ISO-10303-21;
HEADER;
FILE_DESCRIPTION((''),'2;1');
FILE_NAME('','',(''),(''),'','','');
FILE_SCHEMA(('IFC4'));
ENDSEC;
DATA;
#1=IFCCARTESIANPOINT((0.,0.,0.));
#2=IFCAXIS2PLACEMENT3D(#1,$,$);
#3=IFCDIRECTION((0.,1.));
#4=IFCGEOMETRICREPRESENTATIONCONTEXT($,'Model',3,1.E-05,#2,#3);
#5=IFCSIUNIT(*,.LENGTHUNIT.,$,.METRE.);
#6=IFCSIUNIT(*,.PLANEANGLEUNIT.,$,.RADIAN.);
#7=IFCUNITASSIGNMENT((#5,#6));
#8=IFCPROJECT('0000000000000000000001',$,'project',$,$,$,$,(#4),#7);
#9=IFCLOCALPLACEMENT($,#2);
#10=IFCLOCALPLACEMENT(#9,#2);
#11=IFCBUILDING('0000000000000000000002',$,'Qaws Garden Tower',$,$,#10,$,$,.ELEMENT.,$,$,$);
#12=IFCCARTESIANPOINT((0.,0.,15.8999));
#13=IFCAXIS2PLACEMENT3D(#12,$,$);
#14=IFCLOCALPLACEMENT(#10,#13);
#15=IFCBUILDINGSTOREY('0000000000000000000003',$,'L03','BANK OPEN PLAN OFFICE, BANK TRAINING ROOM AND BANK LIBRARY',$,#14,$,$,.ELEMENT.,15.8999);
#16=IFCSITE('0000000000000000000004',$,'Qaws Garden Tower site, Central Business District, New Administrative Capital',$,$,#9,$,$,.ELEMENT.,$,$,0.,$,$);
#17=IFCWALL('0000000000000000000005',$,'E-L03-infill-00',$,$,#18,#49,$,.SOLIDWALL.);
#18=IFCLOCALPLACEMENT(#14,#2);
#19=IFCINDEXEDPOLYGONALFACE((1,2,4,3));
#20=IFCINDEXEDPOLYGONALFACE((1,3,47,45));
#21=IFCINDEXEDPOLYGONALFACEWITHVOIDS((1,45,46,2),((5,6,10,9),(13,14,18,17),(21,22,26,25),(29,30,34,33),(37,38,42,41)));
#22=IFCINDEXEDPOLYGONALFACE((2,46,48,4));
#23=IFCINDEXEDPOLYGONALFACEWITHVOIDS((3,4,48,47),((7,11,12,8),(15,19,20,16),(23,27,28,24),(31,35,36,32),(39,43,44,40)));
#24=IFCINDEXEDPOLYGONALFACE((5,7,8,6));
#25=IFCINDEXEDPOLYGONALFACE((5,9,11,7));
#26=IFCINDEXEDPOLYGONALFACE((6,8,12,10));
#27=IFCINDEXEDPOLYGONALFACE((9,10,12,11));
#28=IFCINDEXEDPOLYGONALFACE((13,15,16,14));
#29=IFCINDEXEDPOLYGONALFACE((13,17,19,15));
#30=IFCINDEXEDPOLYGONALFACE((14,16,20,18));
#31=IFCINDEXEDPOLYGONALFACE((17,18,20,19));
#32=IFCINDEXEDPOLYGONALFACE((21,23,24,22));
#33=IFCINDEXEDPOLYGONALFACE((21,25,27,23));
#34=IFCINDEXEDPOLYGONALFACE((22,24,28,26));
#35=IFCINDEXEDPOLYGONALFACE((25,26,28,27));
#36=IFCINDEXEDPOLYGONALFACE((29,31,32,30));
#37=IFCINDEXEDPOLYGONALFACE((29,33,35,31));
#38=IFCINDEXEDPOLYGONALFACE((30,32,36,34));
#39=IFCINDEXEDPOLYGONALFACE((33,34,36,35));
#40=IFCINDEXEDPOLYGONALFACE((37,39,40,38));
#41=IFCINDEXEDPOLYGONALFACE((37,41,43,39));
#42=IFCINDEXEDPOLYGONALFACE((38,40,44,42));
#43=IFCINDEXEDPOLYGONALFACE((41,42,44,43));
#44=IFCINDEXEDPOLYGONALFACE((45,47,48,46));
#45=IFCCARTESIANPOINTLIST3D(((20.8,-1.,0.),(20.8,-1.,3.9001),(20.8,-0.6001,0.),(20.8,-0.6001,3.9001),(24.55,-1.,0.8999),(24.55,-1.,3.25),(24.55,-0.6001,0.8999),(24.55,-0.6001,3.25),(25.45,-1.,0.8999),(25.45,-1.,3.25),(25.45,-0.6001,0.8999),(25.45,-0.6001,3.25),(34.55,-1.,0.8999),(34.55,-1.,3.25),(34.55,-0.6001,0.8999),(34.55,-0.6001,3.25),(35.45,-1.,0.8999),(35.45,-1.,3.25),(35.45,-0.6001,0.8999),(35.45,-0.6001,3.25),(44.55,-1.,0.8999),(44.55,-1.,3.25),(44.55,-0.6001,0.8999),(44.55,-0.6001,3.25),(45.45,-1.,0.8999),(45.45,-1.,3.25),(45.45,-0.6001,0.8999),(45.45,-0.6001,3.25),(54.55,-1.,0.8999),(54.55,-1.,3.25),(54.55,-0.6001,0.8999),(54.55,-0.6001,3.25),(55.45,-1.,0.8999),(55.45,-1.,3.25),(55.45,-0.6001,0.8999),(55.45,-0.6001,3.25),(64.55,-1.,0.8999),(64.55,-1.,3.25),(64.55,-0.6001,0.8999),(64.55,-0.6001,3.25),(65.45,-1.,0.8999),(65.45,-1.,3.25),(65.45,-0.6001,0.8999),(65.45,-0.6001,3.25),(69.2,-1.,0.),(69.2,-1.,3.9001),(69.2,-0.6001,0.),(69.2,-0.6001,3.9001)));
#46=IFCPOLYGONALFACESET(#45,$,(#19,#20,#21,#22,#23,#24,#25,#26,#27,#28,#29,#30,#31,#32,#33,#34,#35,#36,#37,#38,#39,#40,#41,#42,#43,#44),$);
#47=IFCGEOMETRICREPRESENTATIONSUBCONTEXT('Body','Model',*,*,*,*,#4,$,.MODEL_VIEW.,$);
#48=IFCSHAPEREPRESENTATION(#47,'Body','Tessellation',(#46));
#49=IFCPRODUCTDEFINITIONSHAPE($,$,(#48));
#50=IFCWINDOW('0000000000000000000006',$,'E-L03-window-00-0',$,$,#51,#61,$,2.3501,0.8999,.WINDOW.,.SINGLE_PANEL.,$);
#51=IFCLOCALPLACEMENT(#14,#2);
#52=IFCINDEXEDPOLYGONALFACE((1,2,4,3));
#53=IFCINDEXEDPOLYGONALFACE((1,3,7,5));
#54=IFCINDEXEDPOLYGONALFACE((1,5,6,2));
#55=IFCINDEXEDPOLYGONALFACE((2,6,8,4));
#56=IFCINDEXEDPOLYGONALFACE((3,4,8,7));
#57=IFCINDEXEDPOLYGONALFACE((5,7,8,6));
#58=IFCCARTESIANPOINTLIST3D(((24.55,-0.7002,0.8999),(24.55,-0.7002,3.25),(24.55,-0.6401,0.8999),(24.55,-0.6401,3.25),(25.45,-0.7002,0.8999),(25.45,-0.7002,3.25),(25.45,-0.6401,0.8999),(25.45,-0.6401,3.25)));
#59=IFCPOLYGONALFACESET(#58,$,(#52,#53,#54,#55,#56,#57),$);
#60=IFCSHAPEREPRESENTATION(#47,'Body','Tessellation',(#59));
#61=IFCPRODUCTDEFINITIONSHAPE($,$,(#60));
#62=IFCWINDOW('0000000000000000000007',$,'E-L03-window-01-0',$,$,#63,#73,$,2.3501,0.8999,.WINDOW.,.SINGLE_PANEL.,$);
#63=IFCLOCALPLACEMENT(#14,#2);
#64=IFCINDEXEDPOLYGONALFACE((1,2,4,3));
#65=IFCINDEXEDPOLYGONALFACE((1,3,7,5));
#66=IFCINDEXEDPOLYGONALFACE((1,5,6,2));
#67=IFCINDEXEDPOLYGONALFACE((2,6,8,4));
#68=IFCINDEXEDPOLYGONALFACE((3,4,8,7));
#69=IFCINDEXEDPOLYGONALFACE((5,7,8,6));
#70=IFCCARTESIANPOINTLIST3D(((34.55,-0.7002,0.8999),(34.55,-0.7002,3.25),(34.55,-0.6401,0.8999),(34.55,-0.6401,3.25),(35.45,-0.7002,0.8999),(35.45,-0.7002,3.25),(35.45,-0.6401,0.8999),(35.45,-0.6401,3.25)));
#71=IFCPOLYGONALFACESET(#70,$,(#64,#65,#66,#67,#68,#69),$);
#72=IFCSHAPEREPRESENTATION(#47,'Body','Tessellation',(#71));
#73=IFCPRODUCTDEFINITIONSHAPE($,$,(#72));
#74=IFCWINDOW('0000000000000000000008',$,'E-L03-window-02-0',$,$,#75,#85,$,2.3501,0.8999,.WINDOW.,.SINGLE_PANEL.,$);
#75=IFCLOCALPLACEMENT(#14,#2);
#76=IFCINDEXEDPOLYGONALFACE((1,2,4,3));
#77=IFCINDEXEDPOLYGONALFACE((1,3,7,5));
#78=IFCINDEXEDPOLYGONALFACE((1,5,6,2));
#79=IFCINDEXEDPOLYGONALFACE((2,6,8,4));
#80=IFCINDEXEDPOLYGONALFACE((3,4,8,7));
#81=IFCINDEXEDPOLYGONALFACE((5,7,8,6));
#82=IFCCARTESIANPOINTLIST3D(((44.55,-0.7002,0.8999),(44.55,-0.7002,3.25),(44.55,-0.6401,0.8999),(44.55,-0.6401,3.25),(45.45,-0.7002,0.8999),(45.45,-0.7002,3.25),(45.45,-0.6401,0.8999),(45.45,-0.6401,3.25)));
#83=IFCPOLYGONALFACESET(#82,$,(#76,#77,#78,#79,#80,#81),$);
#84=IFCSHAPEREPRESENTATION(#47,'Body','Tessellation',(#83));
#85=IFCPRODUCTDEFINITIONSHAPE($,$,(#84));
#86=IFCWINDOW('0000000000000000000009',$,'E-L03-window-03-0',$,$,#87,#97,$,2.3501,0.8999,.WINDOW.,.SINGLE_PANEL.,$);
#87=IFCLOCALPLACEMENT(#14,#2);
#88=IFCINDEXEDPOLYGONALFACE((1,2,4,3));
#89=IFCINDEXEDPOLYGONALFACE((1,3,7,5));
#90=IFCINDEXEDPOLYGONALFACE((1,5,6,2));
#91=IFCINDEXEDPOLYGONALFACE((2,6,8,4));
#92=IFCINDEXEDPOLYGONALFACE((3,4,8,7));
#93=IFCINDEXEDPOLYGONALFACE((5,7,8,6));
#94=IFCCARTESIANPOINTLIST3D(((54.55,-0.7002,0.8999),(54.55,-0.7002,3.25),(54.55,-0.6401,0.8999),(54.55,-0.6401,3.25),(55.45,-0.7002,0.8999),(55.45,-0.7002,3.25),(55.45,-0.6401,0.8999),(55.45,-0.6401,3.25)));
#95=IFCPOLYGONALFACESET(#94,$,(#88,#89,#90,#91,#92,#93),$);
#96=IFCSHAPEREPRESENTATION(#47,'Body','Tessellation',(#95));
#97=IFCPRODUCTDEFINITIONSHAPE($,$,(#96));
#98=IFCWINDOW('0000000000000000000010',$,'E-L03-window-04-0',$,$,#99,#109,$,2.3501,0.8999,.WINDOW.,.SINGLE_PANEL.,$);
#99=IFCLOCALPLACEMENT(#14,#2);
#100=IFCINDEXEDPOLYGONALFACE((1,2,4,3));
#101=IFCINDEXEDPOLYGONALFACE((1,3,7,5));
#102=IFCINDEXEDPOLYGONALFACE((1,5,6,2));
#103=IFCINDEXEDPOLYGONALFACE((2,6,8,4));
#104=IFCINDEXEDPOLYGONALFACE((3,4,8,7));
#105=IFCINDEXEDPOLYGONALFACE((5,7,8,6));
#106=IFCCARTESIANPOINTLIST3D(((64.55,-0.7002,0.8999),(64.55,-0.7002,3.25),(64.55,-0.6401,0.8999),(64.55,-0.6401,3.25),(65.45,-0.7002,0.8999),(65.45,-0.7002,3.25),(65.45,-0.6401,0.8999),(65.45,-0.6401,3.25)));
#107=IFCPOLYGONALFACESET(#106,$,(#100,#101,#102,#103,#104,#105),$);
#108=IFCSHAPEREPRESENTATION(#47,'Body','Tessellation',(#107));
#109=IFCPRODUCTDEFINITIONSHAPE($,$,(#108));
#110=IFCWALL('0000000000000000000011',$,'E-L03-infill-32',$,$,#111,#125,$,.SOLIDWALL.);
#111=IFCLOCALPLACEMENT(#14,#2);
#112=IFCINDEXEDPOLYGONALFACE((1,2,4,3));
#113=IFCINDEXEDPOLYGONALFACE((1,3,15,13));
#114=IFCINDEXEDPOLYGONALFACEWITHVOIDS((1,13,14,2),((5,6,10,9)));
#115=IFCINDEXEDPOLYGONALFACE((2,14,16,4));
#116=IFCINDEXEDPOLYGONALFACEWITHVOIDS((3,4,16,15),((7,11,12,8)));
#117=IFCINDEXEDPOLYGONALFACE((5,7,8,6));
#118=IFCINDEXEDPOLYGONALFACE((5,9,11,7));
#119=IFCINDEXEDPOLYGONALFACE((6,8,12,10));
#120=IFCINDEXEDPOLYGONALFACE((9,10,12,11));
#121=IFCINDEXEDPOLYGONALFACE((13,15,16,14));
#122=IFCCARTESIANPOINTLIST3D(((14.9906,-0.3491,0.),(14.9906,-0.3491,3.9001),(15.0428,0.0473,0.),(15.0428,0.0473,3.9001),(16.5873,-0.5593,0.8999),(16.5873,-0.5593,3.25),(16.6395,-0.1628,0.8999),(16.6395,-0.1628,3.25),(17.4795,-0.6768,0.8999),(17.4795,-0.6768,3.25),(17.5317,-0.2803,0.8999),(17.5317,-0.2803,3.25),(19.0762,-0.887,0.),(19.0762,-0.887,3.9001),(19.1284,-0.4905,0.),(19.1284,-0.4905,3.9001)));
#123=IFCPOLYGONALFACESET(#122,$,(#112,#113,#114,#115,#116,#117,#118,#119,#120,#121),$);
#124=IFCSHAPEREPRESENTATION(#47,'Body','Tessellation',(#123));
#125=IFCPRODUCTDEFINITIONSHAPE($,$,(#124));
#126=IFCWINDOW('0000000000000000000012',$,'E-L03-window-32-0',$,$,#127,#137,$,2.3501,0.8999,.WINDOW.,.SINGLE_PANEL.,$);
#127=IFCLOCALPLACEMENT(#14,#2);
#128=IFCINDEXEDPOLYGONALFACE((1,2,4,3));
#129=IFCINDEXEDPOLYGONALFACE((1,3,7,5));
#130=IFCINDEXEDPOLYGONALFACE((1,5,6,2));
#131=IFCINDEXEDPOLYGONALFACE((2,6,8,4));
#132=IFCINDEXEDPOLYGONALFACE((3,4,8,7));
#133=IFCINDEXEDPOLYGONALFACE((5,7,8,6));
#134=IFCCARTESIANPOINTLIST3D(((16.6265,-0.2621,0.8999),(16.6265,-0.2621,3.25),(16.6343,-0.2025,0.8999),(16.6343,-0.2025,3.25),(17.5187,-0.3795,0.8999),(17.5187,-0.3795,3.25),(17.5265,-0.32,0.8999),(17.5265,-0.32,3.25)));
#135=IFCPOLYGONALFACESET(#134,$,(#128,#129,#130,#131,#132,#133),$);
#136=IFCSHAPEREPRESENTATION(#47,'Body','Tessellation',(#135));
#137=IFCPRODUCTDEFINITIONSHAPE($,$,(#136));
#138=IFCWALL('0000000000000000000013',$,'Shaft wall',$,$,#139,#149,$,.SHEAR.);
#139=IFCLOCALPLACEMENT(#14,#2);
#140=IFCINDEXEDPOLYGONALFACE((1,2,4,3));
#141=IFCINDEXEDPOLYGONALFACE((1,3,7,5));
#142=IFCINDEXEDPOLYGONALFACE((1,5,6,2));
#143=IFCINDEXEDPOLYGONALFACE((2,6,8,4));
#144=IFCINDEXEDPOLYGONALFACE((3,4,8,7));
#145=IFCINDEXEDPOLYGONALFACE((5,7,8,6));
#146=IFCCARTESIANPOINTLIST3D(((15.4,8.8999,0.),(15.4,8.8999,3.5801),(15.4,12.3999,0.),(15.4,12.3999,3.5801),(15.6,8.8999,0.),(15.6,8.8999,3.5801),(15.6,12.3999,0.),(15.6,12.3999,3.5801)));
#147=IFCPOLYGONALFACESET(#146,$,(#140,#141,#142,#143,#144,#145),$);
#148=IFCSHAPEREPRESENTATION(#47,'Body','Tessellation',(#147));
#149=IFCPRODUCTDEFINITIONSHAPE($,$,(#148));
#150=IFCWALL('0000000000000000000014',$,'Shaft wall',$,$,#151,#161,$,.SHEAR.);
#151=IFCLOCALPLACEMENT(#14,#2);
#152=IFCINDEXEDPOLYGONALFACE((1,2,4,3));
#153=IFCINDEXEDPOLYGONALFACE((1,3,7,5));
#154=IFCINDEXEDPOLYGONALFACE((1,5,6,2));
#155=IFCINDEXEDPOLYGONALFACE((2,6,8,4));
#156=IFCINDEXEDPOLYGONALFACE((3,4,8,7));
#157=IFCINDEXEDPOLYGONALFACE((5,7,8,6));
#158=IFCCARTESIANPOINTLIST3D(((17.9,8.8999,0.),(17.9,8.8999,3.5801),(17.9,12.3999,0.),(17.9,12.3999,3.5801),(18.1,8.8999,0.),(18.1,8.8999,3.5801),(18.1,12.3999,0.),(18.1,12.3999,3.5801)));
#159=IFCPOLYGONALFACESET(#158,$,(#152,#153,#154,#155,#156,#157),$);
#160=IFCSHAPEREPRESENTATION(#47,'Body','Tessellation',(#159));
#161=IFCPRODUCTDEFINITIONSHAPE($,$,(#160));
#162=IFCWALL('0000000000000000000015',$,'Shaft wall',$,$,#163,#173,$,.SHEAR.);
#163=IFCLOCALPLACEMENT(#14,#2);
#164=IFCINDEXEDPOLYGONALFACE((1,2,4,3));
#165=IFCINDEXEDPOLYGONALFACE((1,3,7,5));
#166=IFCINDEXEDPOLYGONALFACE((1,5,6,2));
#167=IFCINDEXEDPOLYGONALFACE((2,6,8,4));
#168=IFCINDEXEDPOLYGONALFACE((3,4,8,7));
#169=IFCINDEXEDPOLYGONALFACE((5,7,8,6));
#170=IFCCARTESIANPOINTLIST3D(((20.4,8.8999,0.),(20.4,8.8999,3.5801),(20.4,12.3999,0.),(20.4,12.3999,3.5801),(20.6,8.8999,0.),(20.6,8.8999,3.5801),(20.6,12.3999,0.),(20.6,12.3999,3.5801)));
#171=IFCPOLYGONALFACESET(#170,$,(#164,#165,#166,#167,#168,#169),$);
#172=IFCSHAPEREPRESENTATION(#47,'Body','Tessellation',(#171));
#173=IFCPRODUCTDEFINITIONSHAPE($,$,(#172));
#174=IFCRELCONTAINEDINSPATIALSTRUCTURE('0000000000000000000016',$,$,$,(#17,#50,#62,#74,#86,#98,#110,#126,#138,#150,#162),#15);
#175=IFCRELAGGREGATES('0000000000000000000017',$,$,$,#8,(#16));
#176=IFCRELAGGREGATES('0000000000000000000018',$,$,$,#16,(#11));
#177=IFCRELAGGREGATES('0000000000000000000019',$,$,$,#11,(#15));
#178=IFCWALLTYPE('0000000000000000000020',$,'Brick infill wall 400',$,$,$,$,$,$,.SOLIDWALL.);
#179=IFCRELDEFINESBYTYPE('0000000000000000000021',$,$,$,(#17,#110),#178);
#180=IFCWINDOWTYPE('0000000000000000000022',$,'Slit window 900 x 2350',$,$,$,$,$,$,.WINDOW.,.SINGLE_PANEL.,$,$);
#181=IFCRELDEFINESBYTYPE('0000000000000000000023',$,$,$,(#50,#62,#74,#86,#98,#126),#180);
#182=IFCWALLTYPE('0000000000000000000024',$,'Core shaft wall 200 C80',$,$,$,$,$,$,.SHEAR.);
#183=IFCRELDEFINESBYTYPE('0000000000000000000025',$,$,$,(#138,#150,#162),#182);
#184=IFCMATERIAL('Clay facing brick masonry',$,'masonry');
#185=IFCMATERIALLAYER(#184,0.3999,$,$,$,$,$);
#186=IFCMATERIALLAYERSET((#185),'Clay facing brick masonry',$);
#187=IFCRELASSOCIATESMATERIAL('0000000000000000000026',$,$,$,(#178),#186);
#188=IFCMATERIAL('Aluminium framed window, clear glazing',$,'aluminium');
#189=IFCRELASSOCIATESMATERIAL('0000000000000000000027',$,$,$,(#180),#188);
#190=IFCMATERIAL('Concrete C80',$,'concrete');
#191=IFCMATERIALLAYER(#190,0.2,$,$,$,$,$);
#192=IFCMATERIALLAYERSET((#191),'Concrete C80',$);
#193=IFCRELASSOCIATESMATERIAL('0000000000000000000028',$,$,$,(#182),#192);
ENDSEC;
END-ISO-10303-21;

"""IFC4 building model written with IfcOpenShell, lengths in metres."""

from ifc_helpers import new_model, si_unit, direction, frame, frame_2d, origin, place, context, subcontext, project, spatial, rectangle, extrude, material, layer, layer_set, type_object, element, fill, save


model = new_model("IFC4")

# Units and contexts
model_context = context("Model", 3, precision=1e-05, world=origin(), true_north=direction((0.0, 1.0)))
body_context = subcontext(model_context, "Body", "Model", "MODEL_VIEW")
ifc_project = project(units=[si_unit("LENGTHUNIT", "METRE"), si_unit("PLANEANGLEUNIT", "RADIAN")], contexts=[model_context])

# Site, building, storey
site_placement = place(None, origin())
site = spatial("IfcSite", under=ifc_project, at=site_placement, Name="Qaws Garden Tower site, Central Business District, New Administrative Capital", CompositionType="ELEMENT", RefElevation=0.0)
building_placement = place(site_placement, origin())
building = spatial("IfcBuilding", under=site, at=building_placement, Name="Qaws Garden Tower", CompositionType="ELEMENT")
storey_placement = place(building_placement, frame((0.0, 0.0, 15.8999)))
storey = spatial("IfcBuildingStorey", under=building, at=storey_placement, Name="L03", Description="BANK OPEN PLAN OFFICE, BANK TRAINING ROOM AND BANK LIBRARY", CompositionType="ELEMENT", Elevation=15.8999)

# Wall, openings, windows
ifc_material_1 = material(Name="Clay facing brick masonry", Category="masonry")
ifc_layer_1 = layer(ifc_material_1, 0.3999)
ifc_layer_set_1 = layer_set([ifc_layer_1], Name="Clay facing brick masonry")
wall_type_1 = type_object("IfcWallType", Name="Brick infill wall 400", PredefinedType="SOLIDWALL", material=ifc_layer_set_1)
wall_1_placement = place(storey_placement, frame((20.8, -0.8, 0.0), z_axis=(0.0, 0.0, 1.0), x_axis=(1.0, 0.0, 0.0)))
wall_1 = element("IfcWall", 1, at=wall_1_placement, inside=storey, type_object=wall_type_1, Name="E-L03-infill-00", PredefinedType="SOLIDWALL", context=body_context, shape_type="SweptSolid", body=[
    extrude(rectangle(XDim=48.3999, YDim=0.3999, at=frame_2d((24.2, 0.0))), origin(), (0.0, 0.0, 1.0), 3.9001),
])
opening_1_placement = place(wall_1_placement, frame((3.75, 0.0, 0.8999)))
opening_1 = element("IfcOpeningElement", 2, at=opening_1_placement, cuts=wall_1, PredefinedType="OPENING", context=body_context, shape_type="SweptSolid", body=[
    extrude(rectangle(XDim=0.8999, YDim=2.3501, at=frame_2d((0.45, 1.175))), frame((0.0, 0.21, 0.0), z_axis=(0.0, -1.0, 0.0), x_axis=(1.0, 0.0, 0.0)), (0.0, 0.0, 1.0), 0.4199),
])
opening_2_placement = place(wall_1_placement, frame((13.75, 0.0, 0.8999)))
opening_2 = element("IfcOpeningElement", 3, at=opening_2_placement, cuts=wall_1, PredefinedType="OPENING", context=body_context, shape_type="SweptSolid", body=[
    extrude(rectangle(XDim=0.8999, YDim=2.3501, at=frame_2d((0.45, 1.175))), frame((0.0, 0.21, 0.0), z_axis=(0.0, -1.0, 0.0), x_axis=(1.0, 0.0, 0.0)), (0.0, 0.0, 1.0), 0.4199),
])
opening_3_placement = place(wall_1_placement, frame((23.75, 0.0, 0.8999)))
opening_3 = element("IfcOpeningElement", 4, at=opening_3_placement, cuts=wall_1, PredefinedType="OPENING", context=body_context, shape_type="SweptSolid", body=[
    extrude(rectangle(XDim=0.8999, YDim=2.3501, at=frame_2d((0.45, 1.175))), frame((0.0, 0.21, 0.0), z_axis=(0.0, -1.0, 0.0), x_axis=(1.0, 0.0, 0.0)), (0.0, 0.0, 1.0), 0.4199),
])
opening_4_placement = place(wall_1_placement, frame((33.75, 0.0, 0.8999)))
opening_4 = element("IfcOpeningElement", 5, at=opening_4_placement, cuts=wall_1, PredefinedType="OPENING", context=body_context, shape_type="SweptSolid", body=[
    extrude(rectangle(XDim=0.8999, YDim=2.3501, at=frame_2d((0.45, 1.175))), frame((0.0, 0.21, 0.0), z_axis=(0.0, -1.0, 0.0), x_axis=(1.0, 0.0, 0.0)), (0.0, 0.0, 1.0), 0.4199),
])
opening_5_placement = place(wall_1_placement, frame((43.75, 0.0, 0.8999)))
opening_5 = element("IfcOpeningElement", 6, at=opening_5_placement, cuts=wall_1, PredefinedType="OPENING", context=body_context, shape_type="SweptSolid", body=[
    extrude(rectangle(XDim=0.8999, YDim=2.3501, at=frame_2d((0.45, 1.175))), frame((0.0, 0.21, 0.0), z_axis=(0.0, -1.0, 0.0), x_axis=(1.0, 0.0, 0.0)), (0.0, 0.0, 1.0), 0.4199),
])
ifc_material_2 = material(Name="Aluminium framed window, clear glazing", Category="aluminium")
window_type = type_object("IfcWindowType", Name="Slit window 900 x 2350", PartitioningType="SINGLE_PANEL", PredefinedType="WINDOW", material=ifc_material_2)
window_1_placement = place(opening_1_placement, origin())
window_1 = element("IfcWindow", 7, at=window_1_placement, inside=storey, type_object=window_type, Name="E-L03-window-00-0", OverallHeight=2.3501, OverallWidth=0.8999, PartitioningType="SINGLE_PANEL", PredefinedType="WINDOW", context=body_context, shape_type="SweptSolid", body=[
    extrude(rectangle(XDim=0.8999, YDim=2.3501, at=frame_2d((0.45, 1.175))), frame((0.0, 0.1599, 0.0), z_axis=(0.0, -1.0, 0.0), x_axis=(1.0, 0.0, 0.0)), (0.0, 0.0, 1.0), 0.0601),
])
fill(opening_1, window_1)
window_2_placement = place(opening_2_placement, origin())
window_2 = element("IfcWindow", 8, at=window_2_placement, inside=storey, type_object=window_type, Name="E-L03-window-01-0", OverallHeight=2.3501, OverallWidth=0.8999, PartitioningType="SINGLE_PANEL", PredefinedType="WINDOW", context=body_context, shape_type="SweptSolid", body=[
    extrude(rectangle(XDim=0.8999, YDim=2.3501, at=frame_2d((0.45, 1.175))), frame((0.0, 0.1599, 0.0), z_axis=(0.0, -1.0, 0.0), x_axis=(1.0, 0.0, 0.0)), (0.0, 0.0, 1.0), 0.0601),
])
fill(opening_2, window_2)
window_3_placement = place(opening_3_placement, origin())
window_3 = element("IfcWindow", 9, at=window_3_placement, inside=storey, type_object=window_type, Name="E-L03-window-02-0", OverallHeight=2.3501, OverallWidth=0.8999, PartitioningType="SINGLE_PANEL", PredefinedType="WINDOW", context=body_context, shape_type="SweptSolid", body=[
    extrude(rectangle(XDim=0.8999, YDim=2.3501, at=frame_2d((0.45, 1.175))), frame((0.0, 0.1599, 0.0), z_axis=(0.0, -1.0, 0.0), x_axis=(1.0, 0.0, 0.0)), (0.0, 0.0, 1.0), 0.0601),
])
fill(opening_3, window_3)
window_4_placement = place(opening_4_placement, origin())
window_4 = element("IfcWindow", 10, at=window_4_placement, inside=storey, type_object=window_type, Name="E-L03-window-03-0", OverallHeight=2.3501, OverallWidth=0.8999, PartitioningType="SINGLE_PANEL", PredefinedType="WINDOW", context=body_context, shape_type="SweptSolid", body=[
    extrude(rectangle(XDim=0.8999, YDim=2.3501, at=frame_2d((0.45, 1.175))), frame((0.0, 0.1599, 0.0), z_axis=(0.0, -1.0, 0.0), x_axis=(1.0, 0.0, 0.0)), (0.0, 0.0, 1.0), 0.0601),
])
fill(opening_4, window_4)
window_5_placement = place(opening_5_placement, origin())
window_5 = element("IfcWindow", 11, at=window_5_placement, inside=storey, type_object=window_type, Name="E-L03-window-04-0", OverallHeight=2.3501, OverallWidth=0.8999, PartitioningType="SINGLE_PANEL", PredefinedType="WINDOW", context=body_context, shape_type="SweptSolid", body=[
    extrude(rectangle(XDim=0.8999, YDim=2.3501, at=frame_2d((0.45, 1.175))), frame((0.0, 0.1599, 0.0), z_axis=(0.0, -1.0, 0.0), x_axis=(1.0, 0.0, 0.0)), (0.0, 0.0, 1.0), 0.0601),
])
fill(opening_5, window_5)

# Wall, opening, window
wall_2_placement = place(storey_placement, frame((15.0166, -0.1509, 0.0), z_axis=(0.0, 0.0, 1.0), x_axis=(0.991446, -0.130514, 0.0)))
wall_2 = element("IfcWall", 12, at=wall_2_placement, inside=storey, type_object=wall_type_1, Name="E-L03-infill-32", PredefinedType="SOLIDWALL", context=body_context, shape_type="SweptSolid", body=[
    extrude(rectangle(XDim=4.1208, YDim=0.3999, at=frame_2d((2.0605, 0.0))), origin(), (0.0, 0.0, 1.0), 3.9001),
])
opening_6_placement = place(wall_2_placement, frame((1.6106, 0.0, 0.8999)))
opening_6 = element("IfcOpeningElement", 13, at=opening_6_placement, cuts=wall_2, PredefinedType="OPENING", context=body_context, shape_type="SweptSolid", body=[
    extrude(rectangle(XDim=0.8999, YDim=2.3501, at=frame_2d((0.45, 1.175))), frame((0.0, 0.21, 0.0), z_axis=(0.0, -1.0, 0.0), x_axis=(1.0, 0.0, 0.0)), (0.0, 0.0, 1.0), 0.4199),
])
window_6_placement = place(opening_6_placement, origin())
window_6 = element("IfcWindow", 14, at=window_6_placement, inside=storey, type_object=window_type, Name="E-L03-window-32-0", OverallHeight=2.3501, OverallWidth=0.8999, PartitioningType="SINGLE_PANEL", PredefinedType="WINDOW", context=body_context, shape_type="SweptSolid", body=[
    extrude(rectangle(XDim=0.8999, YDim=2.3501, at=frame_2d((0.45, 1.175))), frame((0.0, 0.1599, 0.0), z_axis=(0.0, -1.0, 0.0), x_axis=(1.0, 0.0, 0.0)), (0.0, 0.0, 1.0), 0.0601),
])
fill(opening_6, window_6)

# Walls
ifc_material_3 = material(Name="Concrete C80", Category="concrete")
ifc_layer_2 = layer(ifc_material_3, 0.2)
ifc_layer_set_2 = layer_set([ifc_layer_2], Name="Concrete C80")
wall_type_2 = type_object("IfcWallType", Name="Core shaft wall 200 C80", PredefinedType="SHEAR", material=ifc_layer_set_2)
for number, where, z_axis, x_axis, name in (
    (15, (15.5, 8.8999, 0.0), (0.0, 0.0, 1.0), (0.0, 1.0, 0.0), "Shaft wall"),
    (16, (18.0, 8.8999, 0.0), (0.0, 0.0, 1.0), (0.0, 1.0, 0.0), "Shaft wall"),
    (17, (20.5, 8.8999, 0.0), (0.0, 0.0, 1.0), (0.0, 1.0, 0.0), "Shaft wall"),
):
    element("IfcWall", number, at=place(storey_placement, frame(where, z_axis=z_axis, x_axis=x_axis)), inside=storey, type_object=wall_type_2, Name=name, PredefinedType="SHEAR", context=body_context, shape_type="SweptSolid", body=[
        extrude(rectangle(XDim=3.5, YDim=0.2, at=frame_2d((1.75, 0.0))), origin(), (0.0, 0.0, 1.0), 3.5801),
    ])

save(model, "model.ifc")
